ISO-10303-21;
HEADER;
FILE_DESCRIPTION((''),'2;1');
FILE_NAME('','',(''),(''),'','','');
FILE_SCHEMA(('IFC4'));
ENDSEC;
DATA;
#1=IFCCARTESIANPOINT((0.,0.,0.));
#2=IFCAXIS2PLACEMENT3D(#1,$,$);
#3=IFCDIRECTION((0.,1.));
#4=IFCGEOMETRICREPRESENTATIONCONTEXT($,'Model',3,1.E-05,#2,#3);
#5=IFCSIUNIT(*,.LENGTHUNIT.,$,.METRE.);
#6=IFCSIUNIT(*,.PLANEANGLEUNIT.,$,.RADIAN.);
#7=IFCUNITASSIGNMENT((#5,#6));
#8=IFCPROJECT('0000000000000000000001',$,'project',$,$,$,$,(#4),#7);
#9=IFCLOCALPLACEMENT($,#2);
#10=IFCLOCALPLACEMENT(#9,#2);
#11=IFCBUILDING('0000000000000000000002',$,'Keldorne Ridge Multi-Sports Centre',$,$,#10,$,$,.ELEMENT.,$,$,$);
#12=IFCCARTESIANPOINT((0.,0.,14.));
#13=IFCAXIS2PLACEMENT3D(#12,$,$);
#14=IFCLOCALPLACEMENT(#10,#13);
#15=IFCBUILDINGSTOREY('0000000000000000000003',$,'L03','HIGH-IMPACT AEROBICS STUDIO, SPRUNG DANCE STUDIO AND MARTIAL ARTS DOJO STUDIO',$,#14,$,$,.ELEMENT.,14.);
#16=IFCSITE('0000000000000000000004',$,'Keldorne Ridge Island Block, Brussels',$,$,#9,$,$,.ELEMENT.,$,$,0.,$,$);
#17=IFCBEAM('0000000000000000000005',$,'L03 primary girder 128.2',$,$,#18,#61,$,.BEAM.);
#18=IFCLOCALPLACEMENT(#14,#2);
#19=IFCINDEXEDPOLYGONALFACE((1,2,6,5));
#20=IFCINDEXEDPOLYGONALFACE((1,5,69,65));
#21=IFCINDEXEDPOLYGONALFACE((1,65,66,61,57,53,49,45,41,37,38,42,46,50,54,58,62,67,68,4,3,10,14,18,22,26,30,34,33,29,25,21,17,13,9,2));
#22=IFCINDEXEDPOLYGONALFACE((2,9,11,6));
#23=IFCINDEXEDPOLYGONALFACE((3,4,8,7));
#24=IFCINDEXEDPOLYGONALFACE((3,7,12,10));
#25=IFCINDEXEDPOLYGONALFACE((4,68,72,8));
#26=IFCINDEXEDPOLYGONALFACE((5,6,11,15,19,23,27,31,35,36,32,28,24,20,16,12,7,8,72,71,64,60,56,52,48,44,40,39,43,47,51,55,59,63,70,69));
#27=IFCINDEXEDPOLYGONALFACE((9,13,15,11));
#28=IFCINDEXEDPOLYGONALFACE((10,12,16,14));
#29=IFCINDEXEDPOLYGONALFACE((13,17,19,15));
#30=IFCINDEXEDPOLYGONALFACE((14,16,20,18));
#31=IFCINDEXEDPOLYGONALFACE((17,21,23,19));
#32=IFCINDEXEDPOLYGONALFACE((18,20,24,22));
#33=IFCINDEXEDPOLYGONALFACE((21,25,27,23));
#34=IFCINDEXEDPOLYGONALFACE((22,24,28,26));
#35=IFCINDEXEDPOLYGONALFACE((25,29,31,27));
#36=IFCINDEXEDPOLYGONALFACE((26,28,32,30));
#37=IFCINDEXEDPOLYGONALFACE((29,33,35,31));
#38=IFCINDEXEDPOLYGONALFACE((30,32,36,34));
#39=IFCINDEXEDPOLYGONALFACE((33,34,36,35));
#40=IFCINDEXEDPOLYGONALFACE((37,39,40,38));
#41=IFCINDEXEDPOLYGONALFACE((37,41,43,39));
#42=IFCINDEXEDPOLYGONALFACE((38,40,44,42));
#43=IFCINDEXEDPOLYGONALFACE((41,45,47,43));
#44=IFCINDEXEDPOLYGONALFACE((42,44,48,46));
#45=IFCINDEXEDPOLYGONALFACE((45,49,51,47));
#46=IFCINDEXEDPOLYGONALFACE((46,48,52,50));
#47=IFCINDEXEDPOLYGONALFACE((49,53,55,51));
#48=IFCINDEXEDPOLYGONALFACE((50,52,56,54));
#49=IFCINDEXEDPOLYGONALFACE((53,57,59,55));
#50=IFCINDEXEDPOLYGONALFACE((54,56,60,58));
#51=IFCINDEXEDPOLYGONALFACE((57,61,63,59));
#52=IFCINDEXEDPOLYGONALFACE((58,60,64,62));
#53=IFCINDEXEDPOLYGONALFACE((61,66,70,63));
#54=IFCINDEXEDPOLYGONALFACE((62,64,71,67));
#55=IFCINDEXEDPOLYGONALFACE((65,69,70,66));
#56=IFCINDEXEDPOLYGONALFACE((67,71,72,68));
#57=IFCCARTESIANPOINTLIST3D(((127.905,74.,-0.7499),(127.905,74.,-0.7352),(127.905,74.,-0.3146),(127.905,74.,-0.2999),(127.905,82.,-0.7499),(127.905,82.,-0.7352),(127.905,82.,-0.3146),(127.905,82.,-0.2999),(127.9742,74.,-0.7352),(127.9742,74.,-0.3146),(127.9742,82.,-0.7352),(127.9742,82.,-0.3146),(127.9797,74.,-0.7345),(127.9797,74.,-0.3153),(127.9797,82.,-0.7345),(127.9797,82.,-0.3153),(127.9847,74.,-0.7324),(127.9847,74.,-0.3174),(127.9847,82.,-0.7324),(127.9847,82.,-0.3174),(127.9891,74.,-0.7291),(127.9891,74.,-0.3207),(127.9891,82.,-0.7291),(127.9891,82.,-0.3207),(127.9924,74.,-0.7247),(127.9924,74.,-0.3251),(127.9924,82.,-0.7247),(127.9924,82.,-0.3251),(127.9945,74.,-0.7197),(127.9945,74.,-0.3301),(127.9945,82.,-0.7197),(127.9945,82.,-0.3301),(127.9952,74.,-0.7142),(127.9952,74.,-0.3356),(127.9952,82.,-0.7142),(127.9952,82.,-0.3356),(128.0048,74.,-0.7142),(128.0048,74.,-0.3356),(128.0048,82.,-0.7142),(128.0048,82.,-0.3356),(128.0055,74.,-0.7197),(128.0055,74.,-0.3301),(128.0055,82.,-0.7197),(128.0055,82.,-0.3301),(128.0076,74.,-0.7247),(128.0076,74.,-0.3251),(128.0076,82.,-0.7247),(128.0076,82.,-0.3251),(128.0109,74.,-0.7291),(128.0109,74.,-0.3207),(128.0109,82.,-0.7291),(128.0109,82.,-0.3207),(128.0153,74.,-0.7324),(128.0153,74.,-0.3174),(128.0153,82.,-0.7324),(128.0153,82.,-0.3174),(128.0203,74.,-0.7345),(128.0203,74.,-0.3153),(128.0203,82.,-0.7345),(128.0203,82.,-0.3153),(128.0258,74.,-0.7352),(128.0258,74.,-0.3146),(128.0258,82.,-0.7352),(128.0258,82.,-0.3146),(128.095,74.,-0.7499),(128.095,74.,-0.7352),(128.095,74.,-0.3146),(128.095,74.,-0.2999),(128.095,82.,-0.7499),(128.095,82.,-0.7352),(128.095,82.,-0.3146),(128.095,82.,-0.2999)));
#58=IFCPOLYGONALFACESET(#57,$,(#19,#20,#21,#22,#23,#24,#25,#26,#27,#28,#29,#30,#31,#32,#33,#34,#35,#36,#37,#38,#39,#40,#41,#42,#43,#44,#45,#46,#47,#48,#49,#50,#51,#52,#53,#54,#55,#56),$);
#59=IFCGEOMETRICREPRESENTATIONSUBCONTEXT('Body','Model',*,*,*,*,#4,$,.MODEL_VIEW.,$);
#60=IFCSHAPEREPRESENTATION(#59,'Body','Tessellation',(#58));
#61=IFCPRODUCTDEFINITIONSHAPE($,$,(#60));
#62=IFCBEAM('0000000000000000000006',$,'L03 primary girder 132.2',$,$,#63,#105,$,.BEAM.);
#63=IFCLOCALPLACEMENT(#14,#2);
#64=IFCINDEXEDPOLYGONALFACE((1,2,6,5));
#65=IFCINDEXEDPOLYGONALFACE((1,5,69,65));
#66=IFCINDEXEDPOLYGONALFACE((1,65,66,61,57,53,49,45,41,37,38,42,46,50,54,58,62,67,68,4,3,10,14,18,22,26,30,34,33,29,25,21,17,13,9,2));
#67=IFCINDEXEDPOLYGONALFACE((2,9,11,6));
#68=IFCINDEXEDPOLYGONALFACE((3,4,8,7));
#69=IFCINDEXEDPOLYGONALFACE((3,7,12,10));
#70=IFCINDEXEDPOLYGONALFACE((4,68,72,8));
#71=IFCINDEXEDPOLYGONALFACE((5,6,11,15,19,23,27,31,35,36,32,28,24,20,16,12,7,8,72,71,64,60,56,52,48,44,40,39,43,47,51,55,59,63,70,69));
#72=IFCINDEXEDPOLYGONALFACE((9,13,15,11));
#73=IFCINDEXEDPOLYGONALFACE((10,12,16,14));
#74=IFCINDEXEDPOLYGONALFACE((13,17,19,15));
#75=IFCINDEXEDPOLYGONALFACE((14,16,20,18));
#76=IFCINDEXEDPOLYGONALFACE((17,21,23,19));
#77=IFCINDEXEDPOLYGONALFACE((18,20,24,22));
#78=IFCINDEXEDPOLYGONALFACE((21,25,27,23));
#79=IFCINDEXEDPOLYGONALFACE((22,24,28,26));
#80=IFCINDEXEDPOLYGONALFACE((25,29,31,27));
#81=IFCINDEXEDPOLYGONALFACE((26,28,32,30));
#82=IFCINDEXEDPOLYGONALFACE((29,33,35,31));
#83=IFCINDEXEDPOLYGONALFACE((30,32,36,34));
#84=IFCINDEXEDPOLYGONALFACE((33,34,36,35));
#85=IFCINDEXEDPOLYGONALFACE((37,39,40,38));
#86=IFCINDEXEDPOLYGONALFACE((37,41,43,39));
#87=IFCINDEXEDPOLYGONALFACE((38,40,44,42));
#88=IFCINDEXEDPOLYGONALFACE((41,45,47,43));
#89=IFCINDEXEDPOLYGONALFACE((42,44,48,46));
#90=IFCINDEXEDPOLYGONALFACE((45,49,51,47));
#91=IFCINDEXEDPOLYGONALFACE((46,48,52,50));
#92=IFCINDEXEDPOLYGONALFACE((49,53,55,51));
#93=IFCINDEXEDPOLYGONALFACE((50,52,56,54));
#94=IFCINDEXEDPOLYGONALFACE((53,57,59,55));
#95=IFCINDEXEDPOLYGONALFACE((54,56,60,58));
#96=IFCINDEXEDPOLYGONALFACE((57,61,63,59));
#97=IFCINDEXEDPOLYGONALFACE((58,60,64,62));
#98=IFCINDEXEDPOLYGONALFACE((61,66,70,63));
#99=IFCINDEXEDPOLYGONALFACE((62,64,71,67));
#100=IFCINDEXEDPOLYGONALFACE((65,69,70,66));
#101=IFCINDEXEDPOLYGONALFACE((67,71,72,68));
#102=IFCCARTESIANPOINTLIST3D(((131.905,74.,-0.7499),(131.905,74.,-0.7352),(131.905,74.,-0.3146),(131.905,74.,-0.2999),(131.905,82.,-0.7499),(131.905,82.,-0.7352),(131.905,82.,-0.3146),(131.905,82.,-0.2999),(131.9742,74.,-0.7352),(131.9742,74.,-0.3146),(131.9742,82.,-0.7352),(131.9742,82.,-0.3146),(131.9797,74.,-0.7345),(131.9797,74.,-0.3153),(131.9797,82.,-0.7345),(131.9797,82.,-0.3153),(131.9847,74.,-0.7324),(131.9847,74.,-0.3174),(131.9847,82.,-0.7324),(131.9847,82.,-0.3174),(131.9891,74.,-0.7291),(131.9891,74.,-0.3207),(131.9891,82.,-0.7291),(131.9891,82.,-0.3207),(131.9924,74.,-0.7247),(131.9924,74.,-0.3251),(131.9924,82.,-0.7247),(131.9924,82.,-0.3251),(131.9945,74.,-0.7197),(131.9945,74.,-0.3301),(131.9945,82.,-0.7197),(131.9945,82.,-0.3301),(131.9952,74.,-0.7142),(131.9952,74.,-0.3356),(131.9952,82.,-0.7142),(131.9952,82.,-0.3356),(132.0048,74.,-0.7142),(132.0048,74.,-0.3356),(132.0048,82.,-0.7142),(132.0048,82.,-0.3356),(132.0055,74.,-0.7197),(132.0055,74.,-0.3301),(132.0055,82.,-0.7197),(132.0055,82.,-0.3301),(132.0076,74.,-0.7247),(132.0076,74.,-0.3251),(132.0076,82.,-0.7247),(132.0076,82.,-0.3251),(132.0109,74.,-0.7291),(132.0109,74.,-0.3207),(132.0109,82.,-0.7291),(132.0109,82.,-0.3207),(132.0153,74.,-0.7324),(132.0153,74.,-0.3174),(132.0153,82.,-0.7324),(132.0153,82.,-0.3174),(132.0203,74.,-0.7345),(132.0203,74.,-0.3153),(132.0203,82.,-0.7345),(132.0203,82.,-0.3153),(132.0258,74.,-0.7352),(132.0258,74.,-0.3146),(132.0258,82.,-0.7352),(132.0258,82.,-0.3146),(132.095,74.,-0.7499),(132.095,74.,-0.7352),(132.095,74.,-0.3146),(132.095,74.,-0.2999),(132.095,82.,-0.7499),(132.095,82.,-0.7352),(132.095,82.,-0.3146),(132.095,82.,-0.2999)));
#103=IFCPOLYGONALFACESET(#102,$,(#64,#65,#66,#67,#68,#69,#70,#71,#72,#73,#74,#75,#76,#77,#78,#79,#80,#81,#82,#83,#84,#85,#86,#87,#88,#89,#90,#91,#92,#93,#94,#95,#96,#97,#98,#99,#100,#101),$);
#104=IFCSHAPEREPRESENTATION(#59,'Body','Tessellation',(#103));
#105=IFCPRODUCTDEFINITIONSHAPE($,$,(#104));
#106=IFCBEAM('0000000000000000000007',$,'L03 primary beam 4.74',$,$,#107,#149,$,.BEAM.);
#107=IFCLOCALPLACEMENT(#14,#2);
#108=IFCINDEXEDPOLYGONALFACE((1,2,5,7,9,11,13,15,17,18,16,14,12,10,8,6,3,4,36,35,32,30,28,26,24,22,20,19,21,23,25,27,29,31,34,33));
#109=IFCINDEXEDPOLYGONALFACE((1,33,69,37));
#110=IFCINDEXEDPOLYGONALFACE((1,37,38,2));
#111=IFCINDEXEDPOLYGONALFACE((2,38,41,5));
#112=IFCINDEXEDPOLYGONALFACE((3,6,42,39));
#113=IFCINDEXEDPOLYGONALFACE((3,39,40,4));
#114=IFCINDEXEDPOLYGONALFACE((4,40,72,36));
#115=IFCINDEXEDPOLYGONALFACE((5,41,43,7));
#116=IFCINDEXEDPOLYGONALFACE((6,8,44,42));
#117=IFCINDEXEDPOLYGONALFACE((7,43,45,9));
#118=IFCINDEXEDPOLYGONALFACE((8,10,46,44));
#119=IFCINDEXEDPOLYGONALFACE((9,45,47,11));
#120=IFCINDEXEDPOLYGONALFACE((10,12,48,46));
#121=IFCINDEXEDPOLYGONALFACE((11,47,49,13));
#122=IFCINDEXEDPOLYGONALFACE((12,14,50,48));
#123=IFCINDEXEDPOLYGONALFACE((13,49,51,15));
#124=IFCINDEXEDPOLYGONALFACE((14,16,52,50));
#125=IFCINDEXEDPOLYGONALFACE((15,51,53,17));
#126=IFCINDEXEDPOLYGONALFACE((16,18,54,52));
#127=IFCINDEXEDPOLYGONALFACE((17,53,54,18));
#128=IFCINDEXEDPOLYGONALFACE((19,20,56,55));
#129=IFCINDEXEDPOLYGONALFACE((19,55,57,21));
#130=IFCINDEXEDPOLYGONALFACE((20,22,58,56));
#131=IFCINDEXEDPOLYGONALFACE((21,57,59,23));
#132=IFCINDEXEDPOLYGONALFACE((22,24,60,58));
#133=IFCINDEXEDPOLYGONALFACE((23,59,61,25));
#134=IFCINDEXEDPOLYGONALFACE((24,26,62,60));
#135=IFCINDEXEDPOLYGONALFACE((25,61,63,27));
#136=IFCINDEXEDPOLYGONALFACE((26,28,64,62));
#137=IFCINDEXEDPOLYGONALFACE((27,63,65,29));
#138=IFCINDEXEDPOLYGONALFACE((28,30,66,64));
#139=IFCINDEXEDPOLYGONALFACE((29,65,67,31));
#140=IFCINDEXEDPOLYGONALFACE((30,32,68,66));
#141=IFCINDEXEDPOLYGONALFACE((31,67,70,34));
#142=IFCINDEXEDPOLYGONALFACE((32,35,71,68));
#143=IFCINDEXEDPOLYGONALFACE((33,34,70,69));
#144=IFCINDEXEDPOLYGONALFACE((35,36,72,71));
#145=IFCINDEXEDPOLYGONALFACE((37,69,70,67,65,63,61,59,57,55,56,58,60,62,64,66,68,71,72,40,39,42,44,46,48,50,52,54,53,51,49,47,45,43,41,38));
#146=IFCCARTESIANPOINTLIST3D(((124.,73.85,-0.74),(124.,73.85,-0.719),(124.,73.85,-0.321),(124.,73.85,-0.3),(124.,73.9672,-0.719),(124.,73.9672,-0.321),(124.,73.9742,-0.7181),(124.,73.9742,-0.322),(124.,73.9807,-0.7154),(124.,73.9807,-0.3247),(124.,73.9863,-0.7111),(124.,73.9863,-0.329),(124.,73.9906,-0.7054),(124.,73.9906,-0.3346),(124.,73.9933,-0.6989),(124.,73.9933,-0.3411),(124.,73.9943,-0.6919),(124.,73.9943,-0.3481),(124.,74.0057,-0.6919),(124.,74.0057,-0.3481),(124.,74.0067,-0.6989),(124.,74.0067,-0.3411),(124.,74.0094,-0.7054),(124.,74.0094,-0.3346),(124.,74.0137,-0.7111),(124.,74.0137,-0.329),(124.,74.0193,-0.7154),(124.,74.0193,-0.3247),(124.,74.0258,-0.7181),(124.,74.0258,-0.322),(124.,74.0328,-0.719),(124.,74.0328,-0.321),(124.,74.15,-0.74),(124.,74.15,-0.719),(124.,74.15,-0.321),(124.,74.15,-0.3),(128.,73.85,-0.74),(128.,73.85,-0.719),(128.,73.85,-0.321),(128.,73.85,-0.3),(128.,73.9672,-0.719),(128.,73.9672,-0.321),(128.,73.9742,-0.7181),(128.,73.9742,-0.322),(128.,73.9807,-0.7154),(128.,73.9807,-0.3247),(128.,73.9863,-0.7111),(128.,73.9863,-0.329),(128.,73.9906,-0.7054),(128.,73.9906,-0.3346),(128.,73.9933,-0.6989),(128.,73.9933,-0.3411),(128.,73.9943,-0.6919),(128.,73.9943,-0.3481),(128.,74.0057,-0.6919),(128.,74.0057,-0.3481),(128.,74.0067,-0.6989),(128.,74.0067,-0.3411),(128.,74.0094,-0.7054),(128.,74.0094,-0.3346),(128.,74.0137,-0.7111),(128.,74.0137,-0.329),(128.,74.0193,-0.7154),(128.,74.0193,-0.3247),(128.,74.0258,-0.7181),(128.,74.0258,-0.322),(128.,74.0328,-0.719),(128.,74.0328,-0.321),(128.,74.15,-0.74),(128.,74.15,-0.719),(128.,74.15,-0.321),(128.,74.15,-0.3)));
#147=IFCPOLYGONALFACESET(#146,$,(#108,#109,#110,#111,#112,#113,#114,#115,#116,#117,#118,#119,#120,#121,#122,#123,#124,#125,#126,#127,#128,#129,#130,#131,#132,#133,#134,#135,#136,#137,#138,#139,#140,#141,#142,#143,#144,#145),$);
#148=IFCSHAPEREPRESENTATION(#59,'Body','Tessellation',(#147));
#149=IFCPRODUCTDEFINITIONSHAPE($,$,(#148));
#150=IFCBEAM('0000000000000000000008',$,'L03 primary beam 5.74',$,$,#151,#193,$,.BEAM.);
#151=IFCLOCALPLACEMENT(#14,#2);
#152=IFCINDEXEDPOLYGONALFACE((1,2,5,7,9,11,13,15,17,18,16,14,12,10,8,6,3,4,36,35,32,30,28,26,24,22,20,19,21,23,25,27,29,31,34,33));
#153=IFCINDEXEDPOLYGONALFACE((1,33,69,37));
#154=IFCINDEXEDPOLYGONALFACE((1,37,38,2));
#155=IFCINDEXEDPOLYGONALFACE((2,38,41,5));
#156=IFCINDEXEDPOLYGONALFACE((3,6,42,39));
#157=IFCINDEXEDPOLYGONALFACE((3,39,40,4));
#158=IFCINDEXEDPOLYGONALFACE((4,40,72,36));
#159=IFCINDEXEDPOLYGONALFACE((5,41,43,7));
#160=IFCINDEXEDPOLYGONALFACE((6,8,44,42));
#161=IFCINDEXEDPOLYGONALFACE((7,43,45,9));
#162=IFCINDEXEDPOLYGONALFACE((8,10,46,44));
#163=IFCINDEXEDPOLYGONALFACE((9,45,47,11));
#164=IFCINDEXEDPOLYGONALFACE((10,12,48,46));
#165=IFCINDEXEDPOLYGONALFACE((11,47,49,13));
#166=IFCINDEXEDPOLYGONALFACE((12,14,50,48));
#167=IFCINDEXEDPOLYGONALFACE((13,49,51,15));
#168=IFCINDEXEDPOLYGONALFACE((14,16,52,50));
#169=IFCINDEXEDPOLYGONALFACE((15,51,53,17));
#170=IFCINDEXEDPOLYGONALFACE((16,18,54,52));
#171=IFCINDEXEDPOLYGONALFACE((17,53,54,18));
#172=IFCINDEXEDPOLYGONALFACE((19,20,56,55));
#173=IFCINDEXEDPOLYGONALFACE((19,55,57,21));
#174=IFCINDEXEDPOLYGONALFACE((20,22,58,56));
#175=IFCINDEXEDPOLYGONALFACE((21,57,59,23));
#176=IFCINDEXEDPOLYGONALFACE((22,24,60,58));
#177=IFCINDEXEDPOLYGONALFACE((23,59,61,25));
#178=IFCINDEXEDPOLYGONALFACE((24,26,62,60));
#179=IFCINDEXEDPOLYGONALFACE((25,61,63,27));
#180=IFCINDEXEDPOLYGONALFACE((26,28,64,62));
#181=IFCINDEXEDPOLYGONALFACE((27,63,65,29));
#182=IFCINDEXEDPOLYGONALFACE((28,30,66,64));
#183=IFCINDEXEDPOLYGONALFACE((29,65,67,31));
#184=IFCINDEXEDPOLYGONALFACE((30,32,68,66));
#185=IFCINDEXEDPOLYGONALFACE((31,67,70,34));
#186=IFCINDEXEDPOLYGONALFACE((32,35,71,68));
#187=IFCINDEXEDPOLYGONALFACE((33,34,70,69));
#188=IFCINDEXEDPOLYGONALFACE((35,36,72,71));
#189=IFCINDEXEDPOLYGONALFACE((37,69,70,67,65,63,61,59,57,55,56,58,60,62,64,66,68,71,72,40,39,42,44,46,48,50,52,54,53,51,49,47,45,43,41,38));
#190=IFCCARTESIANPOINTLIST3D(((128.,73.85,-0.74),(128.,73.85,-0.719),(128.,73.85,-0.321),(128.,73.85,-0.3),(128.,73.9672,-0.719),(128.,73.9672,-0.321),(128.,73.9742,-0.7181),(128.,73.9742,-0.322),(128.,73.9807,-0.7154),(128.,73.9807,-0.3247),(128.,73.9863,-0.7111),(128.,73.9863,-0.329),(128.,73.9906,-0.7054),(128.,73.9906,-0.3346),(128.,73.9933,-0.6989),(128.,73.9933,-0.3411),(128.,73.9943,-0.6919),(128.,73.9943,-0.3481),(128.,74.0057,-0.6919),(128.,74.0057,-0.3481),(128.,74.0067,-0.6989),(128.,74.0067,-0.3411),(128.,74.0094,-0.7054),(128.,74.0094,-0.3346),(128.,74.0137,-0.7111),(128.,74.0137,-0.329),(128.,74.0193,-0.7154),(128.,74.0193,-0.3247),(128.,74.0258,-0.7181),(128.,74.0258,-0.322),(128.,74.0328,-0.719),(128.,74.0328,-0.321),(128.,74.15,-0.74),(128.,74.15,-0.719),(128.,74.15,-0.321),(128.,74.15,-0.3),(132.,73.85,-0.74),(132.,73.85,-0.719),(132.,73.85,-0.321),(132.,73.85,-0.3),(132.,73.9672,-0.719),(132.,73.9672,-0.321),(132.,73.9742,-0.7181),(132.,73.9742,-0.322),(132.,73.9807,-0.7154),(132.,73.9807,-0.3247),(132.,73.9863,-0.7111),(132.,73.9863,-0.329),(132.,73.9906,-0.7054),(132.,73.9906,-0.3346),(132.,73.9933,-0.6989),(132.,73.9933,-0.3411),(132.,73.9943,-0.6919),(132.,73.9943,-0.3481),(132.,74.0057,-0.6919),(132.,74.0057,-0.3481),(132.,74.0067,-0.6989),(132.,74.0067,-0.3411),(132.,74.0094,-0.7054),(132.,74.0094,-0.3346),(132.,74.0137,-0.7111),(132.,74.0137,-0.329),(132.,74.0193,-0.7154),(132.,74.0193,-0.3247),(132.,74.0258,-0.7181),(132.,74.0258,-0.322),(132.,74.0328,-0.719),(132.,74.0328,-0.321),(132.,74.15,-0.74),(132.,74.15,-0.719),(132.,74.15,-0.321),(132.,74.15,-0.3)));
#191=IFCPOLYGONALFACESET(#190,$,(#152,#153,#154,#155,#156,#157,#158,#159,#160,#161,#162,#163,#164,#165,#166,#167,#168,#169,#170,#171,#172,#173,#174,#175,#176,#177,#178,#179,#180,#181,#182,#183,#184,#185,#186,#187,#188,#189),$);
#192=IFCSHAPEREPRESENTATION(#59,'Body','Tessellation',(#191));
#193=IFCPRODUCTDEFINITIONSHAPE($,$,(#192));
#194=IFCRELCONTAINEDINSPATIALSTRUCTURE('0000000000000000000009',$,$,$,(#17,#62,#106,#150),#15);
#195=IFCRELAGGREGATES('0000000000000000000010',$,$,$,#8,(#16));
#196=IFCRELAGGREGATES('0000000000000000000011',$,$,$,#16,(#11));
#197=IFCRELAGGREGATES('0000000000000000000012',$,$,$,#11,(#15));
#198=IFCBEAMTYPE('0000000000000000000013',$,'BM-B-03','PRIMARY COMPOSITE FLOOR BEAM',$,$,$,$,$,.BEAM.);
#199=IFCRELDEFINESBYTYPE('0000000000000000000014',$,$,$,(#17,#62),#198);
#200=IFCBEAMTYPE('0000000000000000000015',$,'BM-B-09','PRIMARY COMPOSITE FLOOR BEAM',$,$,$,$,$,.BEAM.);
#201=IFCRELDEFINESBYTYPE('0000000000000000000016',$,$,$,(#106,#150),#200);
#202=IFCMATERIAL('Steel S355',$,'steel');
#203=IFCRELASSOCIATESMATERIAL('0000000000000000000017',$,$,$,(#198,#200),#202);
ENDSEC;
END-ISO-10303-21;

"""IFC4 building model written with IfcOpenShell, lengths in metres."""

from ifc_helpers import new_model, si_unit, direction, frame, origin, origin_2d, place, context, subcontext, project, spatial, i_section, extrude, material, material_profile, profile_set, type_object, element, save


model = new_model("IFC4")

# Units and contexts
model_context = context("Model", 3, precision=1e-05, world=origin(), true_north=direction((0.0, 1.0)))
body_context = subcontext(model_context, "Body", "Model", "MODEL_VIEW")
ifc_project = project(units=[si_unit("LENGTHUNIT", "METRE"), si_unit("PLANEANGLEUNIT", "RADIAN")], contexts=[model_context])

# Site, building, storey
site_placement = place(None, origin())
site = spatial("IfcSite", under=ifc_project, at=site_placement, Name="Keldorne Ridge Island Block, Brussels", CompositionType="ELEMENT", RefElevation=0.0)
building_placement = place(site_placement, origin())
building = spatial("IfcBuilding", under=site, at=building_placement, Name="Keldorne Ridge Multi-Sports Centre", CompositionType="ELEMENT")
storey_placement = place(building_placement, frame((0.0, 0.0, 14.0)))
storey = spatial("IfcBuildingStorey", under=building, at=storey_placement, Name="L03", Description="HIGH-IMPACT AEROBICS STUDIO, SPRUNG DANCE STUDIO AND MARTIAL ARTS DOJO STUDIO", CompositionType="ELEMENT", Elevation=14.0)

# Shared definitions
ifc_material_1 = material(Name="Steel S355", Category="steel")

# Beams
ifc_material_profile_1 = material_profile(ifc_material_1, i_section(OverallWidth=0.1899, OverallDepth=0.45, WebThickness=0.0095, FlangeThickness=0.0146, FilletRadius=0.021, at=origin_2d()), Name="IPE 450")
ifc_profile_set_1 = profile_set([ifc_material_profile_1], Name="Steel S355")
beam_type_1 = type_object("IfcBeamType", Name="BM-B-03", Description="PRIMARY COMPOSITE FLOOR BEAM", PredefinedType="BEAM", material=ifc_profile_set_1)
for number, where, z_axis, x_axis, name in (
    (1, (128.0, 74.0, -0.5249), (0.0, 1.0, 0.0), (-1.0, 0.0, 0.0), "L03 primary girder 128.2"),
    (2, (132.0, 74.0, -0.5249), (0.0, 1.0, 0.0), (-1.0, 0.0, 0.0), "L03 primary girder 132.2"),
):
    element("IfcBeam", number, at=place(storey_placement, frame(where, z_axis=z_axis, x_axis=x_axis)), inside=storey, type_object=beam_type_1, Name=name, PredefinedType="BEAM", context=body_context, shape_type="SweptSolid", body=[
        extrude(i_section(OverallWidth=0.1899, OverallDepth=0.45, WebThickness=0.0095, FlangeThickness=0.0146, FilletRadius=0.021, at=origin_2d()), origin(), (0.0, 0.0, 1.0), 8.0),
    ])
ifc_material_profile_2 = material_profile(ifc_material_1, i_section(OverallWidth=0.3, OverallDepth=0.4399, WebThickness=0.0115, FlangeThickness=0.021, FilletRadius=0.0271, at=origin_2d()), Name="HEA 450")
ifc_profile_set_2 = profile_set([ifc_material_profile_2], Name="Steel S355")
beam_type_2 = type_object("IfcBeamType", Name="BM-B-09", Description="PRIMARY COMPOSITE FLOOR BEAM", PredefinedType="BEAM", material=ifc_profile_set_2)
for number, where, z_axis, x_axis, name in (
    (3, (124.0, 74.0, -0.52), (1.0, 0.0, 0.0), (0.0, 1.0, 0.0), "L03 primary beam 4.74"),
    (4, (128.0, 74.0, -0.52), (1.0, 0.0, 0.0), (0.0, 1.0, 0.0), "L03 primary beam 5.74"),
):
    element("IfcBeam", number, at=place(storey_placement, frame(where, z_axis=z_axis, x_axis=x_axis)), inside=storey, type_object=beam_type_2, Name=name, PredefinedType="BEAM", context=body_context, shape_type="SweptSolid", body=[
        extrude(i_section(OverallWidth=0.3, OverallDepth=0.4399, WebThickness=0.0115, FlangeThickness=0.021, FilletRadius=0.0271, at=origin_2d()), origin(), (0.0, 0.0, 1.0), 4.0),
    ])

save(model, "model.ifc")
